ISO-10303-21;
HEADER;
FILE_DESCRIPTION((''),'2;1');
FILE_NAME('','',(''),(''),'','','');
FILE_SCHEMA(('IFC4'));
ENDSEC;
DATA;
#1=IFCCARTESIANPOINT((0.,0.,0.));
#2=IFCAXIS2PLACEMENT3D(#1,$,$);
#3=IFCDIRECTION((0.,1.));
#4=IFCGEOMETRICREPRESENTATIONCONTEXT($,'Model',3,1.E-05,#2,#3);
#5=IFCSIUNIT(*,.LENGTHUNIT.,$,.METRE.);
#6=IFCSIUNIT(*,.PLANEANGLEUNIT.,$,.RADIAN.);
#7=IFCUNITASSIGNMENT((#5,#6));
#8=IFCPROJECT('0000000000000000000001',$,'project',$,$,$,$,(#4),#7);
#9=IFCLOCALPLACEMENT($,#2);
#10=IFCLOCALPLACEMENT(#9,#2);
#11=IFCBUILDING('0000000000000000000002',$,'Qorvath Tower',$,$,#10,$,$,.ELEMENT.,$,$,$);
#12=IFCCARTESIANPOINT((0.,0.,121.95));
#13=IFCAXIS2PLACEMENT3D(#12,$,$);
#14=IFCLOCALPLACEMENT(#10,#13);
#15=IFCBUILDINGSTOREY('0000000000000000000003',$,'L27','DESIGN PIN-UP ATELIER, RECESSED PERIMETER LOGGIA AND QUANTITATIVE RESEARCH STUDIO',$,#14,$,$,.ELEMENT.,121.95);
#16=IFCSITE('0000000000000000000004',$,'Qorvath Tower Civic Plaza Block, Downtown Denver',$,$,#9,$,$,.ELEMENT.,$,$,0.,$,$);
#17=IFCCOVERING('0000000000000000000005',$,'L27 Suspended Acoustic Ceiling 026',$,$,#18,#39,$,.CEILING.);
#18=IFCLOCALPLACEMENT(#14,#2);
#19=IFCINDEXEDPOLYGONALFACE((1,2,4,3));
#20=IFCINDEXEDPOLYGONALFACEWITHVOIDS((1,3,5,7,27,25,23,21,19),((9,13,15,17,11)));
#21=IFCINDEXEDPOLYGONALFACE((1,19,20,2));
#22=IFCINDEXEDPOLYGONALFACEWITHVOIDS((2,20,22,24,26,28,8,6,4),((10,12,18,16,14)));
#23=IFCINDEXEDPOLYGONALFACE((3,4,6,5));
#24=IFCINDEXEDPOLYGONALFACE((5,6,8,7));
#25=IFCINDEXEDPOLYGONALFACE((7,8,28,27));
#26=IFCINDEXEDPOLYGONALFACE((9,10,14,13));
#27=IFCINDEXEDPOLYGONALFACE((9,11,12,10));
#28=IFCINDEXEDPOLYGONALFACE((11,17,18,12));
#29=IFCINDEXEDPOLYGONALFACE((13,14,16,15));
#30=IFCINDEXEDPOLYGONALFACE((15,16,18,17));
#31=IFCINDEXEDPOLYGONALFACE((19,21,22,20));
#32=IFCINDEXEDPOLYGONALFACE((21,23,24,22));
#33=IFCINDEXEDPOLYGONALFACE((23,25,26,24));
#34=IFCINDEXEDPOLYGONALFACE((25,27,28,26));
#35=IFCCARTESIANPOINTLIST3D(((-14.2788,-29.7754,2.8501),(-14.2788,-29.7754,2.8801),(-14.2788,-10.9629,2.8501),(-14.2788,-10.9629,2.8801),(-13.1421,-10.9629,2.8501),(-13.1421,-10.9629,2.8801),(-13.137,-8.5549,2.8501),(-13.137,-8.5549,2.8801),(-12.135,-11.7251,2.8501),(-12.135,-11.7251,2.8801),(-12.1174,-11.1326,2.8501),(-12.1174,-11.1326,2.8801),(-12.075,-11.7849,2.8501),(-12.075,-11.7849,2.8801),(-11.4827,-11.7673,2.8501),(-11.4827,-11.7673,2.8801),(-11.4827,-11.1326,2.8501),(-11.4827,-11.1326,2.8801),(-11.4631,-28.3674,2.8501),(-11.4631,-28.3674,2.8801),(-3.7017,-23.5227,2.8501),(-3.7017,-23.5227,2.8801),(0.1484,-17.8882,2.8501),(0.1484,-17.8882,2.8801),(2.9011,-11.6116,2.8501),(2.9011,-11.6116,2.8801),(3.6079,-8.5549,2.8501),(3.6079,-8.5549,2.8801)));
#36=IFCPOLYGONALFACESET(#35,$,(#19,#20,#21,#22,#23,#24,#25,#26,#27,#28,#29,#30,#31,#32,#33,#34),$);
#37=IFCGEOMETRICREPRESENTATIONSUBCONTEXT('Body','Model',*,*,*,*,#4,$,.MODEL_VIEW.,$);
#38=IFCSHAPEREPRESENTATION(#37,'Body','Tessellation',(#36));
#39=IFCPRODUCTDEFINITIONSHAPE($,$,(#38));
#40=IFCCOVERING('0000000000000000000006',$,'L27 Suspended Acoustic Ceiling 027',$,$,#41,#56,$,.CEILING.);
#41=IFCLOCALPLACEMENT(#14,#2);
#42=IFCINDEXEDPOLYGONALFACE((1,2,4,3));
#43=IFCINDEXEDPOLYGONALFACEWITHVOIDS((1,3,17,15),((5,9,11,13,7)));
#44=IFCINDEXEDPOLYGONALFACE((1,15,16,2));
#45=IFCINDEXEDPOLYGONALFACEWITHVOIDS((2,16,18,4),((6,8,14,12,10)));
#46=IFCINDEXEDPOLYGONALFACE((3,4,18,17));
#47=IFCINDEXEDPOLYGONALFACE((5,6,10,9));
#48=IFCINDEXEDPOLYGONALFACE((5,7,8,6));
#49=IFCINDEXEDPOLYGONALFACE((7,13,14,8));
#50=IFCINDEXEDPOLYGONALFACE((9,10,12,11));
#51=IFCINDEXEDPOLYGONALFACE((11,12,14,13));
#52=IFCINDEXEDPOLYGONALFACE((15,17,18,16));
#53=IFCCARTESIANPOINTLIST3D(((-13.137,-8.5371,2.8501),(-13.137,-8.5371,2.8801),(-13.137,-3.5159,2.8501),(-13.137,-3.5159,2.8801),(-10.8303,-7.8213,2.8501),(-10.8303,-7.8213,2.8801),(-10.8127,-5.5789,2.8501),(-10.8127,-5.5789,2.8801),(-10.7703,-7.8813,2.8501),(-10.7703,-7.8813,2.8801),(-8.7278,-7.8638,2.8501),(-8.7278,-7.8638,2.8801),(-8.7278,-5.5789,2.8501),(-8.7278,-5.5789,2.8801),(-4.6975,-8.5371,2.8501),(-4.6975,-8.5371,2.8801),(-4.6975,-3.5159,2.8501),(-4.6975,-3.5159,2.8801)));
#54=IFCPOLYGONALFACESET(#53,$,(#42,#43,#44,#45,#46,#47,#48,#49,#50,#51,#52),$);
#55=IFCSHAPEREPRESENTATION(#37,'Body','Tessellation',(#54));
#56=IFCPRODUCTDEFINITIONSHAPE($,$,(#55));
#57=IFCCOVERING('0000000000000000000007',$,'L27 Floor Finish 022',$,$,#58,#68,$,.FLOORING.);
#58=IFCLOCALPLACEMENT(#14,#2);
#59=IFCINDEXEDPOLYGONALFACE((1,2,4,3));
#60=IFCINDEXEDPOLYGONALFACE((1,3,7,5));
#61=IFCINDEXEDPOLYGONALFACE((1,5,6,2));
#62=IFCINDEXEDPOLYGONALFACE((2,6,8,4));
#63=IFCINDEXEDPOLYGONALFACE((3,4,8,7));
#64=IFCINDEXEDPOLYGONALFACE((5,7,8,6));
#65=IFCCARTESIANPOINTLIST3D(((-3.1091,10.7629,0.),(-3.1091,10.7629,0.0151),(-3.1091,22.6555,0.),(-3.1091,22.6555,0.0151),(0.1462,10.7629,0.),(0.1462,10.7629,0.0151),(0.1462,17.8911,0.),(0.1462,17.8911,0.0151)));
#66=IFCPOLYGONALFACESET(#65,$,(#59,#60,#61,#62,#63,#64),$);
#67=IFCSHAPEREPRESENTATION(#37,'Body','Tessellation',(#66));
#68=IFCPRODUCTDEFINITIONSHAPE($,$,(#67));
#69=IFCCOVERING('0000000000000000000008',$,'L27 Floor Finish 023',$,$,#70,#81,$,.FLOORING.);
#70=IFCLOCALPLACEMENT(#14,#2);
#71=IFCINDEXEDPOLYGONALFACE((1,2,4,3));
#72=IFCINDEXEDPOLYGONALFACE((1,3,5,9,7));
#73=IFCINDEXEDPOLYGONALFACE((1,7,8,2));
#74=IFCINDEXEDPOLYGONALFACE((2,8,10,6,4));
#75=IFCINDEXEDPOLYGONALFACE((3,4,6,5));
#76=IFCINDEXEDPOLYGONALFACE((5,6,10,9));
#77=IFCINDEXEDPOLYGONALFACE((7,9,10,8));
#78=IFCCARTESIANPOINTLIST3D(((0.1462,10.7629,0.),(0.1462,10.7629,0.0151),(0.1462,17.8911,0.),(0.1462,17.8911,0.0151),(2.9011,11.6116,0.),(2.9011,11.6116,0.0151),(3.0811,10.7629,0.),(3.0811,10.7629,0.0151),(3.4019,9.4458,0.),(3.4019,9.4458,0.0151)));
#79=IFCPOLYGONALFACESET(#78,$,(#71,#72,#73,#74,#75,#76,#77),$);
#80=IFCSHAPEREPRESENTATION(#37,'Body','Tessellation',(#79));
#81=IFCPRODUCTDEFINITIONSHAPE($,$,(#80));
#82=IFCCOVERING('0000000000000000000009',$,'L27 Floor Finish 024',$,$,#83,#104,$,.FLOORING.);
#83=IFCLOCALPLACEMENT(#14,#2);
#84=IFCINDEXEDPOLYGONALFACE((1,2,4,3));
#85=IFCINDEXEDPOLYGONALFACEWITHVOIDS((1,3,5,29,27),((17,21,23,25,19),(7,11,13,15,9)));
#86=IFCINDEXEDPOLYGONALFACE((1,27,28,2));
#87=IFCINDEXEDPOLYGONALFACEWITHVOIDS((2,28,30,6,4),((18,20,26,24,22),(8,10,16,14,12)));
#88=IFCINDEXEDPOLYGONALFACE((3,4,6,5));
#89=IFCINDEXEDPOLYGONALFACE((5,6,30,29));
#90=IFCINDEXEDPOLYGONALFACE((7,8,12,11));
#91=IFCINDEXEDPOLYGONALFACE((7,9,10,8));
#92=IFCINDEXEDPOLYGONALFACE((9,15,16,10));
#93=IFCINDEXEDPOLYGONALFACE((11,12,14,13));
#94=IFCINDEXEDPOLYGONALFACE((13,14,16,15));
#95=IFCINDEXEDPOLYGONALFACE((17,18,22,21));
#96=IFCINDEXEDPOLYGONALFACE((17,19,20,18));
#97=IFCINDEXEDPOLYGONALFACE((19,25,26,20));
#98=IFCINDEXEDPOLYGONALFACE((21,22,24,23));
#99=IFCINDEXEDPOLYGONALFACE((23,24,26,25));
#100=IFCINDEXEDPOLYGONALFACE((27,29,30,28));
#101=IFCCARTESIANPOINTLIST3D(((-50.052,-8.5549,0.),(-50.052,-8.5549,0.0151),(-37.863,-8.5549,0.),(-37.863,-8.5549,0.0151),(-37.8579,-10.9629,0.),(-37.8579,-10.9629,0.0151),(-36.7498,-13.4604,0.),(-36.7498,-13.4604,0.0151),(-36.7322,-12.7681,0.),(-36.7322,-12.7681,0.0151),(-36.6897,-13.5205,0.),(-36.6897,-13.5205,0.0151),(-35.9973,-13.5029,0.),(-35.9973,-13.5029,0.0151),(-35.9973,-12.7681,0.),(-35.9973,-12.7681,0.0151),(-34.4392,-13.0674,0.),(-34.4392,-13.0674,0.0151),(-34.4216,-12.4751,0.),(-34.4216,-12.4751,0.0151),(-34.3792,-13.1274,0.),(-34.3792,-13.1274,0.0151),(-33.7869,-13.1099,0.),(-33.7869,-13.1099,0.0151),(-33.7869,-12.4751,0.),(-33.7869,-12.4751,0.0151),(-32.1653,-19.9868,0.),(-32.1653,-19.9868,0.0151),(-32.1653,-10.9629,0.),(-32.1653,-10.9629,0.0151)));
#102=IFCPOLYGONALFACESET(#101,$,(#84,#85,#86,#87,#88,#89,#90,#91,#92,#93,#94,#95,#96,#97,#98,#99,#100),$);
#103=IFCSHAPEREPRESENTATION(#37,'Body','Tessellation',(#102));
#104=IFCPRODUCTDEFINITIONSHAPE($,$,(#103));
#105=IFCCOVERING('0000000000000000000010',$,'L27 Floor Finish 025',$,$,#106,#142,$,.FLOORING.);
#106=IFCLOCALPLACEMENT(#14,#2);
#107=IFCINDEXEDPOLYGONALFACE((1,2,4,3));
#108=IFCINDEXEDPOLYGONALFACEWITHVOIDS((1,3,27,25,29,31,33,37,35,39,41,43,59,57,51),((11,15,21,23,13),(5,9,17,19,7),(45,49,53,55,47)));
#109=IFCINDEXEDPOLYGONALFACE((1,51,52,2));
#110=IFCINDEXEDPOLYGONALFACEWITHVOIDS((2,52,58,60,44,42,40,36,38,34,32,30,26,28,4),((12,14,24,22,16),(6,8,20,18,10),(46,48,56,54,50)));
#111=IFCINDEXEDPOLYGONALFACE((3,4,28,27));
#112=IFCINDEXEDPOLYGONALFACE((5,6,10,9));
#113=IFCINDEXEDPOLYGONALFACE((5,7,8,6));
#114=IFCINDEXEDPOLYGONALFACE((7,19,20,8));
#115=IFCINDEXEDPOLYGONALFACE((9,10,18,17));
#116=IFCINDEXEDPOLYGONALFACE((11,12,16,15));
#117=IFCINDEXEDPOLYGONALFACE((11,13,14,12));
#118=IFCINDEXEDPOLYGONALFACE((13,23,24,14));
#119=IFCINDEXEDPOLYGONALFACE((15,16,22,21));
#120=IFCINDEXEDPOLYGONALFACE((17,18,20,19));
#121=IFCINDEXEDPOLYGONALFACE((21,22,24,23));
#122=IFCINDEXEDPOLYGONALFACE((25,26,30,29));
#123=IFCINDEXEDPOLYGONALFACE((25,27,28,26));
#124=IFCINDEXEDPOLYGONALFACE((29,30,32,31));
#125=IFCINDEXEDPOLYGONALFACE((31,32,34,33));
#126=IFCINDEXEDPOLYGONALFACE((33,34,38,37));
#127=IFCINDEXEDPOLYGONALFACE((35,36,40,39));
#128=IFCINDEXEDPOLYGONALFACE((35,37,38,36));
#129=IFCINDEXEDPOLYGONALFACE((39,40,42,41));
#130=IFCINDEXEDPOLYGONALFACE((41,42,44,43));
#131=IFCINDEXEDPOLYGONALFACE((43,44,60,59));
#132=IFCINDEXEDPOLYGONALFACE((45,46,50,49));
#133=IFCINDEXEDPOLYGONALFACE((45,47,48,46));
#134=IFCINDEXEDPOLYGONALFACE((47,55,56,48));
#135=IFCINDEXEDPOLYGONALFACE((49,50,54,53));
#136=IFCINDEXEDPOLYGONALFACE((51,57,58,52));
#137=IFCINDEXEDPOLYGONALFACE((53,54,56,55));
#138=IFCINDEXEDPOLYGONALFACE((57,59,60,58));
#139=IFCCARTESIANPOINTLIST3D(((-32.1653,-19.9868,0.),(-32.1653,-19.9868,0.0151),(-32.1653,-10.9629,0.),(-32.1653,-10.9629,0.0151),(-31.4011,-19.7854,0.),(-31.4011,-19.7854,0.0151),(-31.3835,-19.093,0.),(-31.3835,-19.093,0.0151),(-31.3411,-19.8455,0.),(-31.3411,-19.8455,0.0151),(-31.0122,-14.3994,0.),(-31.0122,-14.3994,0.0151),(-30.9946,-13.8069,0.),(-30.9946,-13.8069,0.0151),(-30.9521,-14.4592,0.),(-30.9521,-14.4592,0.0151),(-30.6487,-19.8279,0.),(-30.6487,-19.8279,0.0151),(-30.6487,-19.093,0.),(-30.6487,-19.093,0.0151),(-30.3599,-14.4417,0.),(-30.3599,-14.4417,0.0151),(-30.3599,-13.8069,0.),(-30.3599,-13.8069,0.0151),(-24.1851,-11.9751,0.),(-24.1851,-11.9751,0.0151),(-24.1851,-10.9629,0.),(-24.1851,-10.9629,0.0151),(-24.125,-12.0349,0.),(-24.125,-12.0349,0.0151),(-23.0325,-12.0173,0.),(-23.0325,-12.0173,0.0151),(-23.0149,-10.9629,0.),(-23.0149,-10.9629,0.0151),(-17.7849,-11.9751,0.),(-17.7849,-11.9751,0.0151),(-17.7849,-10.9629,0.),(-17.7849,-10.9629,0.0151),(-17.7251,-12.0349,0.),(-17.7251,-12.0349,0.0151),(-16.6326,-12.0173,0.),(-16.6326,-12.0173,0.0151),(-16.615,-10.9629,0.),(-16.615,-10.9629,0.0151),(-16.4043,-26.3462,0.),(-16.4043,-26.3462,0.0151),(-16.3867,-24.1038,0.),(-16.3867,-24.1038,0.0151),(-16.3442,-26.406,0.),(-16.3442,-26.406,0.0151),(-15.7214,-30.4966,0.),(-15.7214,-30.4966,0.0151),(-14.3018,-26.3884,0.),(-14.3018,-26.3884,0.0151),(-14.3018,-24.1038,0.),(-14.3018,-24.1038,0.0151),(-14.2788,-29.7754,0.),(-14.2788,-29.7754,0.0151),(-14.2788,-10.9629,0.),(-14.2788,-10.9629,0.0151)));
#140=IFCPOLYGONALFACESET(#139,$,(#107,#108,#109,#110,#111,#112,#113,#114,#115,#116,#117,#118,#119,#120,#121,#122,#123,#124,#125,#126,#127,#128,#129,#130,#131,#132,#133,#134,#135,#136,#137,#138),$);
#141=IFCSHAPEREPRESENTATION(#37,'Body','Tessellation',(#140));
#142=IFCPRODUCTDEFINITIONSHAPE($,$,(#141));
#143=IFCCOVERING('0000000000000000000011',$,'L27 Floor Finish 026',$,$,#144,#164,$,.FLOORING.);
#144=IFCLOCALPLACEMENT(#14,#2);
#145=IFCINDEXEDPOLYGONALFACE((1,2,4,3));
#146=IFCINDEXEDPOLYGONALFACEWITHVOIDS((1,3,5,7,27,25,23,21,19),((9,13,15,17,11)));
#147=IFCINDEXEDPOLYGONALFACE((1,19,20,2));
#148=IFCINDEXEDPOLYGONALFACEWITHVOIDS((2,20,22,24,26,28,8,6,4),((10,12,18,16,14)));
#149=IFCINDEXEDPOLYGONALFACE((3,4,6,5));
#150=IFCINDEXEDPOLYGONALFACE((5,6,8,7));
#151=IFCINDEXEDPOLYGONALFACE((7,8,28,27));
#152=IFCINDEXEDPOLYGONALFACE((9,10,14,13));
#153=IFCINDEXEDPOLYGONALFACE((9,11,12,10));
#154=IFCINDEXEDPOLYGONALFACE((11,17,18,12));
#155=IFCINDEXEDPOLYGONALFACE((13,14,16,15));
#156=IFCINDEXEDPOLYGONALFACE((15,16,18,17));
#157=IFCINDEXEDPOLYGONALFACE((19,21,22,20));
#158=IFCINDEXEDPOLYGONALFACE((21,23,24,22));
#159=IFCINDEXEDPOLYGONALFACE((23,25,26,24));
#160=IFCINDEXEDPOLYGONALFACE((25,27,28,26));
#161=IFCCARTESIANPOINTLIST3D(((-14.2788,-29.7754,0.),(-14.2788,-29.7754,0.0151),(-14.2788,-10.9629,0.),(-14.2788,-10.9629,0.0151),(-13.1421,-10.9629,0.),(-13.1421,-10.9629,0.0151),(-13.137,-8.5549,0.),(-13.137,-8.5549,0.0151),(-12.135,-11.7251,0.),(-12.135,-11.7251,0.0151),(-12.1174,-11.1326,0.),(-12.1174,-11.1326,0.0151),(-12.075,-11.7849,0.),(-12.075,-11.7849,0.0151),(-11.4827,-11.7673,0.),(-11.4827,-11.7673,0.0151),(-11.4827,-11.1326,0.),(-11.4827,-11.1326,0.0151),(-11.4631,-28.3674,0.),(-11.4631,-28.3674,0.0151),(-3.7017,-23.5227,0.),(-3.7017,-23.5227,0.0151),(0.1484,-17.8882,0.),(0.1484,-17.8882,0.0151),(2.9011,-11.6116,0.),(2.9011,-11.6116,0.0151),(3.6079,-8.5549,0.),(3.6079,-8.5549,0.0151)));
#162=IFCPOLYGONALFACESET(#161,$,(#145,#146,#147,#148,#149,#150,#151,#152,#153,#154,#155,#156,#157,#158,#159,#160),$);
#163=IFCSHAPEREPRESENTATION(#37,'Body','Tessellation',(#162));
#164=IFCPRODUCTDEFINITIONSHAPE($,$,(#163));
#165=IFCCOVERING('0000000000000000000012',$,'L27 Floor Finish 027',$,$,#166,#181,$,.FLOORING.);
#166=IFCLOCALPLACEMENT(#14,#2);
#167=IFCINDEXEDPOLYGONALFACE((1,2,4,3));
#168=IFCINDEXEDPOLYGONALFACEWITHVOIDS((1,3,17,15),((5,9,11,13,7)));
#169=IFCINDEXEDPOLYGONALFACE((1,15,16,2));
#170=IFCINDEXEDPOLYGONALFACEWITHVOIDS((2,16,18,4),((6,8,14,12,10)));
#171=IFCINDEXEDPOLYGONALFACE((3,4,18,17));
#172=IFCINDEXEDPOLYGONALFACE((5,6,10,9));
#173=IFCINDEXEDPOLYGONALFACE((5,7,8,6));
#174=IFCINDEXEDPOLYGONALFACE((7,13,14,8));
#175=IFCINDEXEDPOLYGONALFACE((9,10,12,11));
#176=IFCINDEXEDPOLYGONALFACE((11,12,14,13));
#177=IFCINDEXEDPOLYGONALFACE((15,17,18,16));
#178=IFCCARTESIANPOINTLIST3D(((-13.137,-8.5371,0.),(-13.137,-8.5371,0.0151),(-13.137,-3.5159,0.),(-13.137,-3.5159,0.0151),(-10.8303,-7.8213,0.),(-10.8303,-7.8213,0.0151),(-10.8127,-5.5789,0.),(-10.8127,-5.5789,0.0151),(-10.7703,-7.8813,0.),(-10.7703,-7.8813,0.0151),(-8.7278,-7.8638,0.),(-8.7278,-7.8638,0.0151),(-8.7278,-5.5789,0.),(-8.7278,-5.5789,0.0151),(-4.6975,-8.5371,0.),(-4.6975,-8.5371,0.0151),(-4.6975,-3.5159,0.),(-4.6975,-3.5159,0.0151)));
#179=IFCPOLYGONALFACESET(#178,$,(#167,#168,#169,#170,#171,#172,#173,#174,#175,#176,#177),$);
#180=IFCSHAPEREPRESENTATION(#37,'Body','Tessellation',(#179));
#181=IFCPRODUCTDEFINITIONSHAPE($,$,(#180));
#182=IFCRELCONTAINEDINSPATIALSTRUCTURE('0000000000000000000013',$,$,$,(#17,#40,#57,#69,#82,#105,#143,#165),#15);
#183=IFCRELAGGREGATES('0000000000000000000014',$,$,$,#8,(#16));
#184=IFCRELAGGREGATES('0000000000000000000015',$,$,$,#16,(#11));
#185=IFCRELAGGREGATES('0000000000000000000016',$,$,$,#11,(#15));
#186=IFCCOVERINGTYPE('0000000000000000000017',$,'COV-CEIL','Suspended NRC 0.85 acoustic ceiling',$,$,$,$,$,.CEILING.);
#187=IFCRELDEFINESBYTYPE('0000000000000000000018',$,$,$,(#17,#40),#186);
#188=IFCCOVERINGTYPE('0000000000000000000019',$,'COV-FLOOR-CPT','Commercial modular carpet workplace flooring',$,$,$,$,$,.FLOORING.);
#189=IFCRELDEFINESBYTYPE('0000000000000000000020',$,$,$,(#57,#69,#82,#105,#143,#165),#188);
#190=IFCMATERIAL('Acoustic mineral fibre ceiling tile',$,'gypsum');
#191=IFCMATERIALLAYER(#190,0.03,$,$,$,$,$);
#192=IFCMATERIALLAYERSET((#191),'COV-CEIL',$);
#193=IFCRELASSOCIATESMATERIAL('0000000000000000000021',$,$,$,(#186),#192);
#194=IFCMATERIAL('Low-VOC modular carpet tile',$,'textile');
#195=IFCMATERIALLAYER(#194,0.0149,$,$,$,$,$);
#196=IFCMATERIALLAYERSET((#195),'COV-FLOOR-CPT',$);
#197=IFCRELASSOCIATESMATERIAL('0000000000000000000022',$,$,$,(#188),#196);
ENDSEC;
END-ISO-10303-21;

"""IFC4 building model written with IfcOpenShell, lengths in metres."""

from ifc_helpers import new_model, si_unit, direction, frame, origin, place, context, subcontext, project, spatial, polyline, outline, extrude, material, layer, layer_set, type_object, element, save


model = new_model("IFC4")

# Units and contexts
model_context = context("Model", 3, precision=1e-05, world=origin(), true_north=direction((0.0, 1.0)))
body_context = subcontext(model_context, "Body", "Model", "MODEL_VIEW")
ifc_project = project(units=[si_unit("LENGTHUNIT", "METRE"), si_unit("PLANEANGLEUNIT", "RADIAN")], contexts=[model_context])

# Site, building, storey
site_placement = place(None, origin())
site = spatial("IfcSite", under=ifc_project, at=site_placement, Name="Qorvath Tower Civic Plaza Block, Downtown Denver", CompositionType="ELEMENT", RefElevation=0.0)
building_placement = place(site_placement, origin())
building = spatial("IfcBuilding", under=site, at=building_placement, Name="Qorvath Tower", CompositionType="ELEMENT")
storey_placement = place(building_placement, frame((0.0, 0.0, 121.95)))
storey = spatial("IfcBuildingStorey", under=building, at=storey_placement, Name="L27", Description="DESIGN PIN-UP ATELIER, RECESSED PERIMETER LOGGIA AND QUANTITATIVE RESEARCH STUDIO", CompositionType="ELEMENT", Elevation=121.95)

# Coverings
ifc_material_1 = material(Name="Acoustic mineral fibre ceiling tile", Category="gypsum")
ifc_layer_1 = layer(ifc_material_1, 0.03)
ifc_layer_set_1 = layer_set([ifc_layer_1], Name="COV-CEIL")
covering_type_1 = type_object("IfcCoveringType", Name="COV-CEIL", Description="Suspended NRC 0.85 acoustic ceiling", PredefinedType="CEILING", material=ifc_layer_set_1)
covering_1_placement = place(storey_placement, frame((0.0, 0.0, 2.8501)))
element("IfcCovering", 1, at=covering_1_placement, inside=storey, type_object=covering_type_1, Name="L27 Suspended Acoustic Ceiling 026", PredefinedType="CEILING", context=body_context, shape_type="SweptSolid", body=[
    extrude(outline(polyline([(-11.4631, -28.3674), (-3.7017, -23.5227), (0.1484, -17.8882), (2.9011, -11.6116), (3.6079, -8.5549), (-13.137, -8.5549), (-13.1421, -10.9629), (-14.2788, -10.9629), (-14.2788, -29.7754), (-11.4631, -28.3674)]), holes=[polyline([(-12.135, -11.7251), (-12.1174, -11.1326), (-11.4827, -11.1326), (-11.4827, -11.7673), (-12.075, -11.7849), (-12.135, -11.7251)])]), origin(), (0.0, 0.0, 1.0), 0.03),
])
covering_2_placement = place(storey_placement, frame((0.0, 0.0, 2.8501)))
element("IfcCovering", 2, at=covering_2_placement, inside=storey, type_object=covering_type_1, Name="L27 Suspended Acoustic Ceiling 027", PredefinedType="CEILING", context=body_context, shape_type="SweptSolid", body=[
    extrude(outline(polyline([(-4.6975, -8.5371), (-4.6975, -3.5159), (-13.137, -3.5159), (-13.137, -8.5371), (-4.6975, -8.5371)]), holes=[polyline([(-10.8303, -7.8213), (-10.8127, -5.5789), (-8.7278, -5.5789), (-8.7278, -7.8638), (-10.7703, -7.8813), (-10.8303, -7.8213)])]), origin(), (0.0, 0.0, 1.0), 0.03),
])
ifc_material_2 = material(Name="Low-VOC modular carpet tile", Category="textile")
ifc_layer_2 = layer(ifc_material_2, 0.0149)
ifc_layer_set_2 = layer_set([ifc_layer_2], Name="COV-FLOOR-CPT")
covering_type_2 = type_object("IfcCoveringType", Name="COV-FLOOR-CPT", Description="Commercial modular carpet workplace flooring", PredefinedType="FLOORING", material=ifc_layer_set_2)
covering_3_placement = place(storey_placement, origin())
element("IfcCovering", 3, at=covering_3_placement, inside=storey, type_object=covering_type_2, Name="L27 Floor Finish 022", PredefinedType="FLOORING", context=body_context, shape_type="SweptSolid", body=[
    extrude(outline(polyline([(0.1462, 10.7629), (0.1462, 17.8911), (-3.1091, 22.6555), (-3.1091, 10.7629), (0.1462, 10.7629)])), origin(), (0.0, 0.0, 1.0), 0.0151),
])
covering_4_placement = place(storey_placement, origin())
element("IfcCovering", 4, at=covering_4_placement, inside=storey, type_object=covering_type_2, Name="L27 Floor Finish 023", PredefinedType="FLOORING", context=body_context, shape_type="SweptSolid", body=[
    extrude(outline(polyline([(3.4019, 9.4458), (2.9011, 11.6116), (0.1462, 17.8911), (0.1462, 10.7629), (3.0811, 10.7629), (3.4019, 9.4458)])), origin(), (0.0, 0.0, 1.0), 0.0151),
])
covering_5_placement = place(storey_placement, origin())
element("IfcCovering", 5, at=covering_5_placement, inside=storey, type_object=covering_type_2, Name="L27 Floor Finish 024", PredefinedType="FLOORING", context=body_context, shape_type="SweptSolid", body=[
    extrude(outline(polyline([(-32.1653, -19.9868), (-32.1653, -10.9629), (-37.8579, -10.9629), (-37.863, -8.5549), (-50.052, -8.5549), (-32.1653, -19.9868)]), holes=[polyline([(-34.4392, -13.0674), (-34.4216, -12.4751), (-33.7869, -12.4751), (-33.7869, -13.1099), (-34.3792, -13.1274), (-34.4392, -13.0674)]), polyline([(-36.7498, -13.4604), (-36.7322, -12.7681), (-35.9973, -12.7681), (-35.9973, -13.5029), (-36.6897, -13.5205), (-36.7498, -13.4604)])]), origin(), (0.0, 0.0, 1.0), 0.0151),
])
covering_6_placement = place(storey_placement, origin())
element("IfcCovering", 6, at=covering_6_placement, inside=storey, type_object=covering_type_2, Name="L27 Floor Finish 025", PredefinedType="FLOORING", context=body_context, shape_type="SweptSolid", body=[
    extrude(outline(polyline([(-14.2788, -29.7754), (-14.2788, -10.9629), (-16.615, -10.9629), (-16.6326, -12.0173), (-17.7251, -12.0349), (-17.7849, -11.9751), (-17.7849, -10.9629), (-23.0149, -10.9629), (-23.0325, -12.0173), (-24.125, -12.0349), (-24.1851, -11.9751), (-24.1851, -10.9629), (-32.1653, -10.9629), (-32.1653, -19.9868), (-15.7214, -30.4966), (-14.2788, -29.7754)]), holes=[polyline([(-16.4043, -26.3462), (-16.3867, -24.1038), (-14.3018, -24.1038), (-14.3018, -26.3884), (-16.3442, -26.406), (-16.4043, -26.3462)]), polyline([(-31.0122, -14.3994), (-30.9946, -13.8069), (-30.3599, -13.8069), (-30.3599, -14.4417), (-30.9521, -14.4592), (-31.0122, -14.3994)]), polyline([(-31.4011, -19.7854), (-31.3835, -19.093), (-30.6487, -19.093), (-30.6487, -19.8279), (-31.3411, -19.8455), (-31.4011, -19.7854)])]), origin(), (0.0, 0.0, 1.0), 0.0151),
])
covering_7_placement = place(storey_placement, origin())
element("IfcCovering", 7, at=covering_7_placement, inside=storey, type_object=covering_type_2, Name="L27 Floor Finish 026", PredefinedType="FLOORING", context=body_context, shape_type="SweptSolid", body=[
    extrude(outline(polyline([(-11.4631, -28.3674), (-3.7017, -23.5227), (0.1484, -17.8882), (2.9011, -11.6116), (3.6079, -8.5549), (-13.137, -8.5549), (-13.1421, -10.9629), (-14.2788, -10.9629), (-14.2788, -29.7754), (-11.4631, -28.3674)]), holes=[polyline([(-12.135, -11.7251), (-12.1174, -11.1326), (-11.4827, -11.1326), (-11.4827, -11.7673), (-12.075, -11.7849), (-12.135, -11.7251)])]), origin(), (0.0, 0.0, 1.0), 0.0151),
])
covering_8_placement = place(storey_placement, origin())
element("IfcCovering", 8, at=covering_8_placement, inside=storey, type_object=covering_type_2, Name="L27 Floor Finish 027", PredefinedType="FLOORING", context=body_context, shape_type="SweptSolid", body=[
    extrude(outline(polyline([(-4.6975, -8.5371), (-4.6975, -3.5159), (-13.137, -3.5159), (-13.137, -8.5371), (-4.6975, -8.5371)]), holes=[polyline([(-10.8303, -7.8213), (-10.8127, -5.5789), (-8.7278, -5.5789), (-8.7278, -7.8638), (-10.7703, -7.8813), (-10.8303, -7.8213)])]), origin(), (0.0, 0.0, 1.0), 0.0151),
])

save(model, "model.ifc")
